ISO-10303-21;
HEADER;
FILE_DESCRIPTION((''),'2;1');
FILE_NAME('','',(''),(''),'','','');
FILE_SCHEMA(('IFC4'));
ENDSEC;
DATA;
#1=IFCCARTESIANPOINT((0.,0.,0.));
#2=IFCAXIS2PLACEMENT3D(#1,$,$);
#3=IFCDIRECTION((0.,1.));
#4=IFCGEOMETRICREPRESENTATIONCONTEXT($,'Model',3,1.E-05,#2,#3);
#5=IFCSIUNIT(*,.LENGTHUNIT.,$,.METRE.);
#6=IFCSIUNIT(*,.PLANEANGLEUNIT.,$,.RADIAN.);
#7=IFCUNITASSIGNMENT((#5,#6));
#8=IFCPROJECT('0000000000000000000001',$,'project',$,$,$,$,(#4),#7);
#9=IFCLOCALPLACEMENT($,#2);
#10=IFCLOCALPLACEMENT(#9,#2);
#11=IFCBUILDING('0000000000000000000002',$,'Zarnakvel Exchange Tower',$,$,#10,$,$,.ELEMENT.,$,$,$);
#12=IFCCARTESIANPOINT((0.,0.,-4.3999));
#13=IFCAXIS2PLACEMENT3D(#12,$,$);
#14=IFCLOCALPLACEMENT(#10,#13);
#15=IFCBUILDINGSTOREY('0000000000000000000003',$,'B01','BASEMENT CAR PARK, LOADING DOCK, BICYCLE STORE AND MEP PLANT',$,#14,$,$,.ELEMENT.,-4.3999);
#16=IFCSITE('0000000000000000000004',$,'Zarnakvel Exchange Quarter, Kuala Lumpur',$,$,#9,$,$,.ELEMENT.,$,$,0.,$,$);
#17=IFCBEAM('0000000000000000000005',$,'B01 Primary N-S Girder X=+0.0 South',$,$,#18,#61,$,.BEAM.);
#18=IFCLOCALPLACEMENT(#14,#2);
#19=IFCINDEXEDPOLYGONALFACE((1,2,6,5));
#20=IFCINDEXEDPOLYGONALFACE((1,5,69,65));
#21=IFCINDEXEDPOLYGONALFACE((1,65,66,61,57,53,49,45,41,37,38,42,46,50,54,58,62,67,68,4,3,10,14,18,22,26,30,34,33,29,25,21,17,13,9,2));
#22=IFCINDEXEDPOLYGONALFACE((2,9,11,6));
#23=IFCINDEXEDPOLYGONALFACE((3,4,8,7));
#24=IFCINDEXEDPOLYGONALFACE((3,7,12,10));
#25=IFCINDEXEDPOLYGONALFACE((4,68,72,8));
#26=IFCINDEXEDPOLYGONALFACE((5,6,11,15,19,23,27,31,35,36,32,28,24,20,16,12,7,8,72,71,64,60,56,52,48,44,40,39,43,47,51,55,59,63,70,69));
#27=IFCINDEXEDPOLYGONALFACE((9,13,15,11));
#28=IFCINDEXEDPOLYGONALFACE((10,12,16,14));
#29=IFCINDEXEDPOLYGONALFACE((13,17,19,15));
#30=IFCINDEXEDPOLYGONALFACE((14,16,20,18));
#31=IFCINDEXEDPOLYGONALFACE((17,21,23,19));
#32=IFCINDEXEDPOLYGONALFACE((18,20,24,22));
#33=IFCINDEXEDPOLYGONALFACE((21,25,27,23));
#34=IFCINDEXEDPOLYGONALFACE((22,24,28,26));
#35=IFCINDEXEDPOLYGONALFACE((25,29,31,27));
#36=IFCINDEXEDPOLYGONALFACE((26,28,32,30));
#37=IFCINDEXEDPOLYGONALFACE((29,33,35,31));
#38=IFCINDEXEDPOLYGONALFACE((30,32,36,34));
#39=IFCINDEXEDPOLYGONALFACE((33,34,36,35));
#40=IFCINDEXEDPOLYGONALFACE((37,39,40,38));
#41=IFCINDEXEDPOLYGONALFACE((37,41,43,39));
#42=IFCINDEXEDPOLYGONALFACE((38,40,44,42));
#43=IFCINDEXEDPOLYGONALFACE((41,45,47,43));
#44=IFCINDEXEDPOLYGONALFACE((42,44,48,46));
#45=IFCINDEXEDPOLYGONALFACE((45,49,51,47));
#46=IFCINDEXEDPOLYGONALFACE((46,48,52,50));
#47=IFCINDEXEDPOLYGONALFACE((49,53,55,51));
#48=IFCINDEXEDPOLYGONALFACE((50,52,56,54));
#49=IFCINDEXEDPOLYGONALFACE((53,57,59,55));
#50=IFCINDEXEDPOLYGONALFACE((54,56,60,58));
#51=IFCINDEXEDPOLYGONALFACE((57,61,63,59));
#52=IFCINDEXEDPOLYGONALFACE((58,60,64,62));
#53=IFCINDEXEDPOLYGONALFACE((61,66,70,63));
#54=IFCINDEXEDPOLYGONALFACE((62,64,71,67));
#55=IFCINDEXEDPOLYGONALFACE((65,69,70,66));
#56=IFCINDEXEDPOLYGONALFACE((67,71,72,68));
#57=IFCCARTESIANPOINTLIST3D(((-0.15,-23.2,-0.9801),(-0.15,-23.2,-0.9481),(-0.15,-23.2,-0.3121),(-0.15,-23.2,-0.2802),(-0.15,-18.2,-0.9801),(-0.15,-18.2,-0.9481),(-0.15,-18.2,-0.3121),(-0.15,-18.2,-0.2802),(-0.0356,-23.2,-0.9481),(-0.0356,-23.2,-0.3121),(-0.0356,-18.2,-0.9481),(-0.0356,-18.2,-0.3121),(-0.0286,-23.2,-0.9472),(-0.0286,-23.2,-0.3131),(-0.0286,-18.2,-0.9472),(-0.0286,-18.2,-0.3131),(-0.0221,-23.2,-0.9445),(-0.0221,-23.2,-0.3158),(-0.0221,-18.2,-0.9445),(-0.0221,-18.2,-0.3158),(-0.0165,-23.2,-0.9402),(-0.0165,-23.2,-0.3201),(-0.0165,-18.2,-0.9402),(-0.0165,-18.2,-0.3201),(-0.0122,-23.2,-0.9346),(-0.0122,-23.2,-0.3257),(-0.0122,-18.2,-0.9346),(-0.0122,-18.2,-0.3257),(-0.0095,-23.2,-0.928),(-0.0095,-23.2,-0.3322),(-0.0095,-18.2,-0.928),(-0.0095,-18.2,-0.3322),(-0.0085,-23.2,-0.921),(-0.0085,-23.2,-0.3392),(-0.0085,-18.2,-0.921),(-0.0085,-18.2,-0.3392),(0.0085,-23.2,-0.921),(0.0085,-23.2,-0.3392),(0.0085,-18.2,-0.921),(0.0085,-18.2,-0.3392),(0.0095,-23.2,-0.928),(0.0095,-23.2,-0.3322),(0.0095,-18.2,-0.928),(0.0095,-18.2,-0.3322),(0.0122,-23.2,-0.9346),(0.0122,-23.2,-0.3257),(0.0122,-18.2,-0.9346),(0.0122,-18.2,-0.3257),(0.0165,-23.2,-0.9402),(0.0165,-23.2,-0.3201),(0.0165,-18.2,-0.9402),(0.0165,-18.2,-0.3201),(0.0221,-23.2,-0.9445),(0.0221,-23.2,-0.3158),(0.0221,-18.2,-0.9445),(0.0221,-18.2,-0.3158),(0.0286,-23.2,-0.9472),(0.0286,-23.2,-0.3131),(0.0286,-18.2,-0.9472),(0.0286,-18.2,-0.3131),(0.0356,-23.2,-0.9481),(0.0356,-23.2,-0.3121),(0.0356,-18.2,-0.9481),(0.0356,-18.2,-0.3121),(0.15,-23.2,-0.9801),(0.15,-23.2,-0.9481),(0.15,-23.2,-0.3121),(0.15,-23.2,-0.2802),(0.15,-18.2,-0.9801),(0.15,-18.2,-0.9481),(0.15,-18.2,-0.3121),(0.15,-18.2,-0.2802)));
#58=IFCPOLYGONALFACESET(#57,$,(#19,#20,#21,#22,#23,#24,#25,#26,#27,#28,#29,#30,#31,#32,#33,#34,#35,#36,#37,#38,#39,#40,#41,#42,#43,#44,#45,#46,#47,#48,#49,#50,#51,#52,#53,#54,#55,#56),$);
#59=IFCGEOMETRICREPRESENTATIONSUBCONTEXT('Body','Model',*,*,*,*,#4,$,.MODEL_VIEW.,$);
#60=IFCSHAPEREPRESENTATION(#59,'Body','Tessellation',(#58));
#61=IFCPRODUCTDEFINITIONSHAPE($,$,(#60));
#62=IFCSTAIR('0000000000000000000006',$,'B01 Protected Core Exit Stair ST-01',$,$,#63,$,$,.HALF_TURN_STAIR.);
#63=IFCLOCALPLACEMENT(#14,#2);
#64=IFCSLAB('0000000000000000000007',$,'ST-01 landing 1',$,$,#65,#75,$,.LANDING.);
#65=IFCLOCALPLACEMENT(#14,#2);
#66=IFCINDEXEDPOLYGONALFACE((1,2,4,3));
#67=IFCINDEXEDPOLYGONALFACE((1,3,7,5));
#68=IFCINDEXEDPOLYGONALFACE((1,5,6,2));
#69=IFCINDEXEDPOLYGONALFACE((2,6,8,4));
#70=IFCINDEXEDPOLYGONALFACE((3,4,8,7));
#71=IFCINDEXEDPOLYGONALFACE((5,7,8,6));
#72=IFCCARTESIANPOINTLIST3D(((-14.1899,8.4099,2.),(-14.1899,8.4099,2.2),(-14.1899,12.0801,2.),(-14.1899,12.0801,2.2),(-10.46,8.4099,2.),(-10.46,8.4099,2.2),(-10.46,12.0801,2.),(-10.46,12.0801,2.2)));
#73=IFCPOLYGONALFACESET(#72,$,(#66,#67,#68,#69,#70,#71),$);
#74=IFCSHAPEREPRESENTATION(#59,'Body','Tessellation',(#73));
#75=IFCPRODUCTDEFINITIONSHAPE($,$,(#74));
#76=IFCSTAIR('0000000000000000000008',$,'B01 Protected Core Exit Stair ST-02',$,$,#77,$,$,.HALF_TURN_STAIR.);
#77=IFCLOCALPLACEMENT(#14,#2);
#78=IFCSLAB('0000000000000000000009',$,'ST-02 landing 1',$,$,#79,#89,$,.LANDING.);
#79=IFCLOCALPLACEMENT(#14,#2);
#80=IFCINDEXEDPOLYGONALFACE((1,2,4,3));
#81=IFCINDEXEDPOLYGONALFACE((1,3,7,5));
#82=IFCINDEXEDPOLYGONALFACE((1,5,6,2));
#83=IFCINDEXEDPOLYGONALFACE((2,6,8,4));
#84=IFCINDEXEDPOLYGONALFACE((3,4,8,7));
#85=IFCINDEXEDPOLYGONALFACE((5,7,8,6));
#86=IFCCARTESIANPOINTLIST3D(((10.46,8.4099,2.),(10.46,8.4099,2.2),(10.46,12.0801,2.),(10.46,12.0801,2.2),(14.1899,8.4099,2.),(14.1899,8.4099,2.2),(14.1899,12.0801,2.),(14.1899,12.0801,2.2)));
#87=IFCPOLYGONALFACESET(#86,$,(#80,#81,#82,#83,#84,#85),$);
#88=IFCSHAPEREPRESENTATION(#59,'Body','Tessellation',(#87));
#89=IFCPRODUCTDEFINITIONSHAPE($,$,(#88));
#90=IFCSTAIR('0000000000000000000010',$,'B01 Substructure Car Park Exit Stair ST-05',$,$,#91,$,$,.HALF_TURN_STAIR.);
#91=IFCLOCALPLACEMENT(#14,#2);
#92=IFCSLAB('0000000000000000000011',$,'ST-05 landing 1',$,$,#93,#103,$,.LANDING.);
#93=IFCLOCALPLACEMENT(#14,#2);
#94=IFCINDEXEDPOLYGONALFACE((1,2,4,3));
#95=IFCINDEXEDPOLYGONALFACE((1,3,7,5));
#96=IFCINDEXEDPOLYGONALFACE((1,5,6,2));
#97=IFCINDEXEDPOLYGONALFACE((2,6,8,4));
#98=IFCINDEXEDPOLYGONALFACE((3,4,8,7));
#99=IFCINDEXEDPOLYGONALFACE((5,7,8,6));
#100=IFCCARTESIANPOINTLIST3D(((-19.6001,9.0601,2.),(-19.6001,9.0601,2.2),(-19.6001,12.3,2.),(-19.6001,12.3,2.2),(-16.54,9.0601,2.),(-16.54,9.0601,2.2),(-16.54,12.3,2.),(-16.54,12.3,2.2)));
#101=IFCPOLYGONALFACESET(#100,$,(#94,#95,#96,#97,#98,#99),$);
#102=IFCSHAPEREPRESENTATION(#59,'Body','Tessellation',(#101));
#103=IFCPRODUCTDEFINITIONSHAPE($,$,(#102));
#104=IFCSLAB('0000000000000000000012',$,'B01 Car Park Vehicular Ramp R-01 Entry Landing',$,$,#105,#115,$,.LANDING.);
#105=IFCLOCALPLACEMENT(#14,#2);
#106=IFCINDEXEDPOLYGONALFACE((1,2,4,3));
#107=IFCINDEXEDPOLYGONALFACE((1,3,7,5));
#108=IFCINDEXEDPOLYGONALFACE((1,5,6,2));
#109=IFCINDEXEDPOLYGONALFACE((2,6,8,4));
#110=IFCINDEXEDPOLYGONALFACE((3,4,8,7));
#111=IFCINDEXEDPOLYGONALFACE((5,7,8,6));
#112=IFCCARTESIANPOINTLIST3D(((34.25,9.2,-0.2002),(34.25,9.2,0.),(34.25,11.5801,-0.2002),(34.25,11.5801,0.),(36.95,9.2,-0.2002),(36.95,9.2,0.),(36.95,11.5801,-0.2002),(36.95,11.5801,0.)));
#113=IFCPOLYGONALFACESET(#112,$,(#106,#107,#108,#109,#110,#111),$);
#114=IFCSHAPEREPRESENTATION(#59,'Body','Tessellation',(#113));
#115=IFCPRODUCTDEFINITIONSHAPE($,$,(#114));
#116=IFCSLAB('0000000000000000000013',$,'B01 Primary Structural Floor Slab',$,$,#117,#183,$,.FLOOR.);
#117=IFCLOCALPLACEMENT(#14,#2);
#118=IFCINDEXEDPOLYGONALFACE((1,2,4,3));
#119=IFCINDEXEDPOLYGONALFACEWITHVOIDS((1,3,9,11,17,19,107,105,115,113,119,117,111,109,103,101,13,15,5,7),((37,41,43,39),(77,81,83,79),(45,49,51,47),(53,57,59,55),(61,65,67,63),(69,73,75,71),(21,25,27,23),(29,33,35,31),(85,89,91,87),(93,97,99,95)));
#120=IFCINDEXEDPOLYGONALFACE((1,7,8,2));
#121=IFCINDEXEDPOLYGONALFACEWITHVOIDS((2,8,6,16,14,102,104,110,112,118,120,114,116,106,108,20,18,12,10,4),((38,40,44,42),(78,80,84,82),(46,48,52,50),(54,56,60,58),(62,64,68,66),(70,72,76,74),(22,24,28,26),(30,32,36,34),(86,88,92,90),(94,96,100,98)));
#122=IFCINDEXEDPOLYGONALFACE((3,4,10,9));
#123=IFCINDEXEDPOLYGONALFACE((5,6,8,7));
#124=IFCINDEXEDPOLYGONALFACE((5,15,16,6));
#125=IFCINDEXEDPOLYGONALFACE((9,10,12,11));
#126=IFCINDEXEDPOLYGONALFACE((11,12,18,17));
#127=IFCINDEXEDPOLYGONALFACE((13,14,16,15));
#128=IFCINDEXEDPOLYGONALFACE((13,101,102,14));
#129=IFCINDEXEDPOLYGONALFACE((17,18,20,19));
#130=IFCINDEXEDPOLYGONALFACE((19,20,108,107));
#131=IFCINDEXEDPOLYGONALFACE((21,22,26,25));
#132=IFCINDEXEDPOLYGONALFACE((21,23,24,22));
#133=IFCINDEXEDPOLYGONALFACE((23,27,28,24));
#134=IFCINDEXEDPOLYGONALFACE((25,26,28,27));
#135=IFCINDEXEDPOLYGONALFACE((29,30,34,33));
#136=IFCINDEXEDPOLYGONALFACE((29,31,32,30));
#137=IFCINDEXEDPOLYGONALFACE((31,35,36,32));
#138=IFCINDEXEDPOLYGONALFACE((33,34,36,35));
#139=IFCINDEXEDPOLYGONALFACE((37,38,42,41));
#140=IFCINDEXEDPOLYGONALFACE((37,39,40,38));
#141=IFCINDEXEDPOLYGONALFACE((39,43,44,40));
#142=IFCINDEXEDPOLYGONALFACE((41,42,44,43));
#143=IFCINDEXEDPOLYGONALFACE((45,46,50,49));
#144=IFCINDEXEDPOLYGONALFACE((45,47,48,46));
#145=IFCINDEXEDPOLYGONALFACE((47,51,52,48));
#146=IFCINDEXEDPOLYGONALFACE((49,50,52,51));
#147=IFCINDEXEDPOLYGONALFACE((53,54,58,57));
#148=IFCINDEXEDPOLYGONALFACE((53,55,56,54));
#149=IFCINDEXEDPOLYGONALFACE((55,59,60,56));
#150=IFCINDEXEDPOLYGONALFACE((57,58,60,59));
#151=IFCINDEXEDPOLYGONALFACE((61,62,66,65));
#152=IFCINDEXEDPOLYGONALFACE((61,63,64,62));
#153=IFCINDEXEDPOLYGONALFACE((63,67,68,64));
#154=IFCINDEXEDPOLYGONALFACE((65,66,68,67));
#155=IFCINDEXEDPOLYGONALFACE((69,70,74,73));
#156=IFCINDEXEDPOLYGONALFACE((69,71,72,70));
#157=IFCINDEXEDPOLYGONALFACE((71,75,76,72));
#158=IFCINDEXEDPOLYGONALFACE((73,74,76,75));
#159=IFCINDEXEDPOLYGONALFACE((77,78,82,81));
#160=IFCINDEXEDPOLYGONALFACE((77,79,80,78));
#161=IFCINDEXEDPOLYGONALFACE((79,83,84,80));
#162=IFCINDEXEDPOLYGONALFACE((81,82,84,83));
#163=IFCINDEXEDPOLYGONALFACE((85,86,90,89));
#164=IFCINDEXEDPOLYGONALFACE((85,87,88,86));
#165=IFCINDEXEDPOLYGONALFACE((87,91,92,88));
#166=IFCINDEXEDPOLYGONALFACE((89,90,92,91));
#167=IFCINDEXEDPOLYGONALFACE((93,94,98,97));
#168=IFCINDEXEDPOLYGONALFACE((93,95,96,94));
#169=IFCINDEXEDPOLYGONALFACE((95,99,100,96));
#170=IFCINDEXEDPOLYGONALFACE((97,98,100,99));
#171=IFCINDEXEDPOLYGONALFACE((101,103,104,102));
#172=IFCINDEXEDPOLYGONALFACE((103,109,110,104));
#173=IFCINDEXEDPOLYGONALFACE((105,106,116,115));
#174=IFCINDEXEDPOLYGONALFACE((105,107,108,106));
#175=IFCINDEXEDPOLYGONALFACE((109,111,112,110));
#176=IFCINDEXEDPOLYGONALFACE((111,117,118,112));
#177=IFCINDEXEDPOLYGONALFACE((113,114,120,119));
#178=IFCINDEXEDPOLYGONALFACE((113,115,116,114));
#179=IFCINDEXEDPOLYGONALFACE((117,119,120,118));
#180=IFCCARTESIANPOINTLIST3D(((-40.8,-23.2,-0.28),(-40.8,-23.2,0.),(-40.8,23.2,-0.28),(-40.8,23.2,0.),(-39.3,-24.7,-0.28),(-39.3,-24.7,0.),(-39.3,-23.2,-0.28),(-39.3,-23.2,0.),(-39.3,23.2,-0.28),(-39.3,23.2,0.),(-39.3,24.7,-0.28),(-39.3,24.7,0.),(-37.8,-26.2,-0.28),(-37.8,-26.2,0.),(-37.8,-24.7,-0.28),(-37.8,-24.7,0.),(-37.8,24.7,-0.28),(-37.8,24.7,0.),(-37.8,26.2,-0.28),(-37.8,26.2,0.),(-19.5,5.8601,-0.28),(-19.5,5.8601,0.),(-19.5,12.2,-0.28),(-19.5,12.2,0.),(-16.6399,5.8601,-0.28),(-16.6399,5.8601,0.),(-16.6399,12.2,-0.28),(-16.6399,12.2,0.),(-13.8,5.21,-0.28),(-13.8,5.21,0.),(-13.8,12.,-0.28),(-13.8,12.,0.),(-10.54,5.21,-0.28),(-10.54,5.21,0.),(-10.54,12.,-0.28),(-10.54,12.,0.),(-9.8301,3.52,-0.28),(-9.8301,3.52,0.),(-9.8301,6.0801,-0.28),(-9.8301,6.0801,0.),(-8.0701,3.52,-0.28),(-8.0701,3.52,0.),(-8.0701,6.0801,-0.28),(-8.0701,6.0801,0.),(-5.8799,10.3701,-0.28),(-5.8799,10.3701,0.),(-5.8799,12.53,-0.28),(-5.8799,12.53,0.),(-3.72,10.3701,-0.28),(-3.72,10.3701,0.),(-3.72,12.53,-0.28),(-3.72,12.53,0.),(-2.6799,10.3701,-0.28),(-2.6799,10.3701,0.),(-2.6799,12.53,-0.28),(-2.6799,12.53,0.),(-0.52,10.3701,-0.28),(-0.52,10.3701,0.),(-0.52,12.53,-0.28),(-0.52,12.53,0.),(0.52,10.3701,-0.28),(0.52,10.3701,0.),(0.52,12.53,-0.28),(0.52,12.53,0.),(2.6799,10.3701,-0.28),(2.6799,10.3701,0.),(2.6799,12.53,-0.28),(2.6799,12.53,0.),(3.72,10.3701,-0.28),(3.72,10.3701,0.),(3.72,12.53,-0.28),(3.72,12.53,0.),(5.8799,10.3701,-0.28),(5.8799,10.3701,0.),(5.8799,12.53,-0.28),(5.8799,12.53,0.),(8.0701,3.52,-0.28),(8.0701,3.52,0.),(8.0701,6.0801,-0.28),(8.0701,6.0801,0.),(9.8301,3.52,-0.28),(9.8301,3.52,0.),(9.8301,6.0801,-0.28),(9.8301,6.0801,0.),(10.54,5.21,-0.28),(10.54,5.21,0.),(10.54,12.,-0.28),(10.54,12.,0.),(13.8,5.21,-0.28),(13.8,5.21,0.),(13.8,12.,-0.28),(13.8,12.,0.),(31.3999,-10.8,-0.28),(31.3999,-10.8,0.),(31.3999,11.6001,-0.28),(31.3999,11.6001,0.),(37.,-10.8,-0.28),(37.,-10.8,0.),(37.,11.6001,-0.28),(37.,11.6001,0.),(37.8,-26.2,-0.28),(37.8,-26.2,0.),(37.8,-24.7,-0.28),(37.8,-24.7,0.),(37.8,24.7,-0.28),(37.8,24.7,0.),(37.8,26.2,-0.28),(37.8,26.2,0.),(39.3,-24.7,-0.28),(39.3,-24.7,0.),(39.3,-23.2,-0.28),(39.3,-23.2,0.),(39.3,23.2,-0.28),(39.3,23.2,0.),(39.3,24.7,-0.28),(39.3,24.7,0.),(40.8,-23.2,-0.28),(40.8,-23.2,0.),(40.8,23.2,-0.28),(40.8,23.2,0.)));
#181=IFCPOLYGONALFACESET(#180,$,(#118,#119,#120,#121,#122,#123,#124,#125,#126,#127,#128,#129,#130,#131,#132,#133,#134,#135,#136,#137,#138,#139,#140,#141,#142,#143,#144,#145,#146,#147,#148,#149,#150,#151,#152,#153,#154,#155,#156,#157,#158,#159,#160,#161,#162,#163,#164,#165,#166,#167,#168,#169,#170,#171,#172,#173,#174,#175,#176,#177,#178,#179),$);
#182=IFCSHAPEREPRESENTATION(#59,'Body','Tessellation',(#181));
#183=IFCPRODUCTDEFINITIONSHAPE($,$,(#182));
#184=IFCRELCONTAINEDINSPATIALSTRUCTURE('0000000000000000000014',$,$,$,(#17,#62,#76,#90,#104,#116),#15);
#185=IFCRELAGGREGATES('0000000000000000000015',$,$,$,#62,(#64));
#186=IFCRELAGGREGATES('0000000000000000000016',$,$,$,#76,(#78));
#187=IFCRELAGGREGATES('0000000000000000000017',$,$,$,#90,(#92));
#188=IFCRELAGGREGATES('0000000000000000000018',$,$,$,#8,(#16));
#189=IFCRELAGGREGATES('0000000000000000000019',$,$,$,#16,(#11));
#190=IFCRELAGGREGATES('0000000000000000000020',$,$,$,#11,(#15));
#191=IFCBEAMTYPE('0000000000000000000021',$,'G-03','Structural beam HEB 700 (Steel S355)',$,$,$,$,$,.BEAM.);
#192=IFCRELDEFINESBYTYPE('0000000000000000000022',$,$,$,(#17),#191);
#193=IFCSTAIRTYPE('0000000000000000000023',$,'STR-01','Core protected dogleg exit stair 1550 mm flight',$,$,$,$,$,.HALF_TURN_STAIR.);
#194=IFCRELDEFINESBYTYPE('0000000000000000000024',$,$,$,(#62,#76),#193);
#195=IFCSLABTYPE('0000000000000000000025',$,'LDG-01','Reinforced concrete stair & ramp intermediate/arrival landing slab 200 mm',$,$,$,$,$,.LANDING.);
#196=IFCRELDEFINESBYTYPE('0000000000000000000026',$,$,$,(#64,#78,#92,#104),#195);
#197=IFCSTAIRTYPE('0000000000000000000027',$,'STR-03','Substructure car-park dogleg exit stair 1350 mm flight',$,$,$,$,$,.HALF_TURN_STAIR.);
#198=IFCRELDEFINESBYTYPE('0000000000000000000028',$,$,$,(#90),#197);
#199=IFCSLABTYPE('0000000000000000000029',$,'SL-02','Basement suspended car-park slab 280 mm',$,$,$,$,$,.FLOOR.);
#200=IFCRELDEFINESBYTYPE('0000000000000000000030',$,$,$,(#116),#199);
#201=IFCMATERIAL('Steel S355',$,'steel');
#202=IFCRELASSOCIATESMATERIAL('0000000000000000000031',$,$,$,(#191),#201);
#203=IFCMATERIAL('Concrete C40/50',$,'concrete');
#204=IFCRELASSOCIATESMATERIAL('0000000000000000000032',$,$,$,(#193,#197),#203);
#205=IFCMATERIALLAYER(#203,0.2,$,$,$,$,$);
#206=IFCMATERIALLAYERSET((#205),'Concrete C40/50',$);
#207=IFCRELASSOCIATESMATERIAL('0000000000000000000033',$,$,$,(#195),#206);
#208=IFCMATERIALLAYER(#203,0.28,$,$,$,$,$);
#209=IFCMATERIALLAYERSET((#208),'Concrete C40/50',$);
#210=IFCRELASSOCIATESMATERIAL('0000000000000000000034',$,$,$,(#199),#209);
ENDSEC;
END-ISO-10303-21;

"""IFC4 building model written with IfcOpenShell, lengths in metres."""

from ifc_helpers import new_model, si_unit, direction, frame, origin, origin_2d, place, context, subcontext, project, spatial, polyline, i_section, outline, extrude, material, layer, layer_set, material_profile, profile_set, type_object, element, aggregate, save


model = new_model("IFC4")

# Units and contexts
model_context = context("Model", 3, precision=1e-05, world=origin(), true_north=direction((0.0, 1.0)))
body_context = subcontext(model_context, "Body", "Model", "MODEL_VIEW")
ifc_project = project(units=[si_unit("LENGTHUNIT", "METRE"), si_unit("PLANEANGLEUNIT", "RADIAN")], contexts=[model_context])

# Site, building, storey
site_placement = place(None, origin())
site = spatial("IfcSite", under=ifc_project, at=site_placement, Name="Zarnakvel Exchange Quarter, Kuala Lumpur", CompositionType="ELEMENT", RefElevation=0.0)
building_placement = place(site_placement, origin())
building = spatial("IfcBuilding", under=site, at=building_placement, Name="Zarnakvel Exchange Tower", CompositionType="ELEMENT")
storey_placement = place(building_placement, frame((0.0, 0.0, -4.3999)))
storey = spatial("IfcBuildingStorey", under=building, at=storey_placement, Name="B01", Description="BASEMENT CAR PARK, LOADING DOCK, BICYCLE STORE AND MEP PLANT", CompositionType="ELEMENT", Elevation=-4.3999)

# Beam
ifc_material_1 = material(Name="Steel S355", Category="steel")
ifc_material_profile_1 = material_profile(ifc_material_1, i_section(OverallWidth=0.3, OverallDepth=0.7, WebThickness=0.0171, FlangeThickness=0.032, FilletRadius=0.0271, at=origin_2d()))
ifc_profile_set_1 = profile_set([ifc_material_profile_1], Name="Steel S355")
beam_type_1 = type_object("IfcBeamType", Name="G-03", Description="Structural beam HEB 700 (Steel S355)", PredefinedType="BEAM", material=ifc_profile_set_1)
beam_1_placement = place(storey_placement, frame((0.0, -23.2, -0.6301), z_axis=(0.0, 1.0, 0.0), x_axis=(-1.0, 0.0, 0.0)))
element("IfcBeam", 1, at=beam_1_placement, inside=storey, type_object=beam_type_1, Name="B01 Primary N-S Girder X=+0.0 South", PredefinedType="BEAM", context=body_context, shape_type="SweptSolid", body=[
    extrude(i_section(OverallWidth=0.3, OverallDepth=0.7, WebThickness=0.0171, FlangeThickness=0.032, FilletRadius=0.0271, at=origin_2d()), origin(), (0.0, 0.0, 1.0), 5.0),
])

# Stairs, slabs
ifc_material_2 = material(Name="Concrete C40/50", Category="concrete")
stair_type_1 = type_object("IfcStairType", Name="STR-01", Description="Core protected dogleg exit stair 1550 mm flight", PredefinedType="HALF_TURN_STAIR", material=ifc_material_2)
stair_1_placement = place(storey_placement, origin())
stair_1 = element("IfcStair", 2, at=stair_1_placement, inside=storey, type_object=stair_type_1, Name="B01 Protected Core Exit Stair ST-01", PredefinedType="HALF_TURN_STAIR")
ifc_layer_1 = layer(ifc_material_2, 0.2)
ifc_layer_set_1 = layer_set([ifc_layer_1], Name="Concrete C40/50")
slab_type_1 = type_object("IfcSlabType", Name="LDG-01", Description="Reinforced concrete stair & ramp intermediate/arrival landing slab 200 mm", PredefinedType="LANDING", material=ifc_layer_set_1)
slab_1_placement = place(storey_placement, frame((0.0, 0.0, 2.0)))
slab_1 = element("IfcSlab", 3, at=slab_1_placement, type_object=slab_type_1, Name="ST-01 landing 1", PredefinedType="LANDING", context=body_context, shape_type="SweptSolid", body=[
    extrude(outline(polyline([(-14.1899, 8.4099), (-10.46, 8.4099), (-10.46, 12.0801), (-14.1899, 12.0801), (-14.1899, 8.4099)])), origin(), (0.0, 0.0, 1.0), 0.2),
])
aggregate(stair_1, [slab_1])
stair_2_placement = place(storey_placement, origin())
stair_2 = element("IfcStair", 4, at=stair_2_placement, inside=storey, type_object=stair_type_1, Name="B01 Protected Core Exit Stair ST-02", PredefinedType="HALF_TURN_STAIR")
slab_2_placement = place(storey_placement, frame((0.0, 0.0, 2.0)))
slab_2 = element("IfcSlab", 5, at=slab_2_placement, type_object=slab_type_1, Name="ST-02 landing 1", PredefinedType="LANDING", context=body_context, shape_type="SweptSolid", body=[
    extrude(outline(polyline([(10.46, 8.4099), (14.1899, 8.4099), (14.1899, 12.0801), (10.46, 12.0801), (10.46, 8.4099)])), origin(), (0.0, 0.0, 1.0), 0.2),
])
aggregate(stair_2, [slab_2])
stair_type_2 = type_object("IfcStairType", Name="STR-03", Description="Substructure car-park dogleg exit stair 1350 mm flight", PredefinedType="HALF_TURN_STAIR", material=ifc_material_2)
stair_3_placement = place(storey_placement, origin())
stair_3 = element("IfcStair", 6, at=stair_3_placement, inside=storey, type_object=stair_type_2, Name="B01 Substructure Car Park Exit Stair ST-05", PredefinedType="HALF_TURN_STAIR")
slab_3_placement = place(storey_placement, frame((0.0, 0.0, 2.0)))
slab_3 = element("IfcSlab", 7, at=slab_3_placement, type_object=slab_type_1, Name="ST-05 landing 1", PredefinedType="LANDING", context=body_context, shape_type="SweptSolid", body=[
    extrude(outline(polyline([(-19.6001, 9.0601), (-16.54, 9.0601), (-16.54, 12.3), (-19.6001, 12.3), (-19.6001, 9.0601)])), origin(), (0.0, 0.0, 1.0), 0.2),
])
aggregate(stair_3, [slab_3])

# Slabs
slab_4_placement = place(storey_placement, frame((0.0, 0.0, -0.2002)))
element("IfcSlab", 8, at=slab_4_placement, inside=storey, type_object=slab_type_1, Name="B01 Car Park Vehicular Ramp R-01 Entry Landing", PredefinedType="LANDING", context=body_context, shape_type="SweptSolid", body=[
    extrude(outline(polyline([(34.25, 9.2), (36.95, 9.2), (36.95, 11.5801), (34.25, 11.5801), (34.25, 9.2)])), origin(), (0.0, 0.0, 1.0), 0.2002),
])
ifc_layer_2 = layer(ifc_material_2, 0.28)
ifc_layer_set_2 = layer_set([ifc_layer_2], Name="Concrete C40/50")
slab_type_2 = type_object("IfcSlabType", Name="SL-02", Description="Basement suspended car-park slab 280 mm", PredefinedType="FLOOR", material=ifc_layer_set_2)
slab_5_placement = place(storey_placement, frame((0.0, 0.0, -0.28)))
element("IfcSlab", 9, at=slab_5_placement, inside=storey, type_object=slab_type_2, Name="B01 Primary Structural Floor Slab", PredefinedType="FLOOR", context=body_context, shape_type="SweptSolid", body=[
    extrude(outline(polyline([(-40.8, -23.2), (-39.3, -23.2), (-39.3, -24.7), (-37.8, -24.7), (-37.8, -26.2), (37.8, -26.2), (37.8, -24.7), (39.3, -24.7), (39.3, -23.2), (40.8, -23.2), (40.8, 23.2), (39.3, 23.2), (39.3, 24.7), (37.8, 24.7), (37.8, 26.2), (-37.8, 26.2), (-37.8, 24.7), (-39.3, 24.7), (-39.3, 23.2), (-40.8, 23.2), (-40.8, -23.2)]), holes=[polyline([(-13.8, 5.21), (-10.54, 5.21), (-10.54, 12.0), (-13.8, 12.0), (-13.8, 5.21)]), polyline([(10.54, 5.21), (13.8, 5.21), (13.8, 12.0), (10.54, 12.0), (10.54, 5.21)]), polyline([(-19.5, 5.8601), (-16.6399, 5.8601), (-16.6399, 12.2), (-19.5, 12.2), (-19.5, 5.8601)]), polyline([(-9.8301, 3.52), (-8.0701, 3.52), (-8.0701, 6.0801), (-9.8301, 6.0801), (-9.8301, 3.52)]), polyline([(8.0701, 3.52), (9.8301, 3.52), (9.8301, 6.0801), (8.0701, 6.0801), (8.0701, 3.52)]), polyline([(-5.8799, 10.3701), (-3.72, 10.3701), (-3.72, 12.53), (-5.8799, 12.53), (-5.8799, 10.3701)]), polyline([(-2.6799, 10.3701), (-0.52, 10.3701), (-0.52, 12.53), (-2.6799, 12.53), (-2.6799, 10.3701)]), polyline([(0.52, 10.3701), (2.6799, 10.3701), (2.6799, 12.53), (0.52, 12.53), (0.52, 10.3701)]), polyline([(3.72, 10.3701), (5.8799, 10.3701), (5.8799, 12.53), (3.72, 12.53), (3.72, 10.3701)]), polyline([(31.3999, -10.8), (37.0, -10.8), (37.0, 11.6001), (31.3999, 11.6001), (31.3999, -10.8)])]), origin(), (0.0, 0.0, 1.0), 0.28),
])

save(model, "model.ifc")
